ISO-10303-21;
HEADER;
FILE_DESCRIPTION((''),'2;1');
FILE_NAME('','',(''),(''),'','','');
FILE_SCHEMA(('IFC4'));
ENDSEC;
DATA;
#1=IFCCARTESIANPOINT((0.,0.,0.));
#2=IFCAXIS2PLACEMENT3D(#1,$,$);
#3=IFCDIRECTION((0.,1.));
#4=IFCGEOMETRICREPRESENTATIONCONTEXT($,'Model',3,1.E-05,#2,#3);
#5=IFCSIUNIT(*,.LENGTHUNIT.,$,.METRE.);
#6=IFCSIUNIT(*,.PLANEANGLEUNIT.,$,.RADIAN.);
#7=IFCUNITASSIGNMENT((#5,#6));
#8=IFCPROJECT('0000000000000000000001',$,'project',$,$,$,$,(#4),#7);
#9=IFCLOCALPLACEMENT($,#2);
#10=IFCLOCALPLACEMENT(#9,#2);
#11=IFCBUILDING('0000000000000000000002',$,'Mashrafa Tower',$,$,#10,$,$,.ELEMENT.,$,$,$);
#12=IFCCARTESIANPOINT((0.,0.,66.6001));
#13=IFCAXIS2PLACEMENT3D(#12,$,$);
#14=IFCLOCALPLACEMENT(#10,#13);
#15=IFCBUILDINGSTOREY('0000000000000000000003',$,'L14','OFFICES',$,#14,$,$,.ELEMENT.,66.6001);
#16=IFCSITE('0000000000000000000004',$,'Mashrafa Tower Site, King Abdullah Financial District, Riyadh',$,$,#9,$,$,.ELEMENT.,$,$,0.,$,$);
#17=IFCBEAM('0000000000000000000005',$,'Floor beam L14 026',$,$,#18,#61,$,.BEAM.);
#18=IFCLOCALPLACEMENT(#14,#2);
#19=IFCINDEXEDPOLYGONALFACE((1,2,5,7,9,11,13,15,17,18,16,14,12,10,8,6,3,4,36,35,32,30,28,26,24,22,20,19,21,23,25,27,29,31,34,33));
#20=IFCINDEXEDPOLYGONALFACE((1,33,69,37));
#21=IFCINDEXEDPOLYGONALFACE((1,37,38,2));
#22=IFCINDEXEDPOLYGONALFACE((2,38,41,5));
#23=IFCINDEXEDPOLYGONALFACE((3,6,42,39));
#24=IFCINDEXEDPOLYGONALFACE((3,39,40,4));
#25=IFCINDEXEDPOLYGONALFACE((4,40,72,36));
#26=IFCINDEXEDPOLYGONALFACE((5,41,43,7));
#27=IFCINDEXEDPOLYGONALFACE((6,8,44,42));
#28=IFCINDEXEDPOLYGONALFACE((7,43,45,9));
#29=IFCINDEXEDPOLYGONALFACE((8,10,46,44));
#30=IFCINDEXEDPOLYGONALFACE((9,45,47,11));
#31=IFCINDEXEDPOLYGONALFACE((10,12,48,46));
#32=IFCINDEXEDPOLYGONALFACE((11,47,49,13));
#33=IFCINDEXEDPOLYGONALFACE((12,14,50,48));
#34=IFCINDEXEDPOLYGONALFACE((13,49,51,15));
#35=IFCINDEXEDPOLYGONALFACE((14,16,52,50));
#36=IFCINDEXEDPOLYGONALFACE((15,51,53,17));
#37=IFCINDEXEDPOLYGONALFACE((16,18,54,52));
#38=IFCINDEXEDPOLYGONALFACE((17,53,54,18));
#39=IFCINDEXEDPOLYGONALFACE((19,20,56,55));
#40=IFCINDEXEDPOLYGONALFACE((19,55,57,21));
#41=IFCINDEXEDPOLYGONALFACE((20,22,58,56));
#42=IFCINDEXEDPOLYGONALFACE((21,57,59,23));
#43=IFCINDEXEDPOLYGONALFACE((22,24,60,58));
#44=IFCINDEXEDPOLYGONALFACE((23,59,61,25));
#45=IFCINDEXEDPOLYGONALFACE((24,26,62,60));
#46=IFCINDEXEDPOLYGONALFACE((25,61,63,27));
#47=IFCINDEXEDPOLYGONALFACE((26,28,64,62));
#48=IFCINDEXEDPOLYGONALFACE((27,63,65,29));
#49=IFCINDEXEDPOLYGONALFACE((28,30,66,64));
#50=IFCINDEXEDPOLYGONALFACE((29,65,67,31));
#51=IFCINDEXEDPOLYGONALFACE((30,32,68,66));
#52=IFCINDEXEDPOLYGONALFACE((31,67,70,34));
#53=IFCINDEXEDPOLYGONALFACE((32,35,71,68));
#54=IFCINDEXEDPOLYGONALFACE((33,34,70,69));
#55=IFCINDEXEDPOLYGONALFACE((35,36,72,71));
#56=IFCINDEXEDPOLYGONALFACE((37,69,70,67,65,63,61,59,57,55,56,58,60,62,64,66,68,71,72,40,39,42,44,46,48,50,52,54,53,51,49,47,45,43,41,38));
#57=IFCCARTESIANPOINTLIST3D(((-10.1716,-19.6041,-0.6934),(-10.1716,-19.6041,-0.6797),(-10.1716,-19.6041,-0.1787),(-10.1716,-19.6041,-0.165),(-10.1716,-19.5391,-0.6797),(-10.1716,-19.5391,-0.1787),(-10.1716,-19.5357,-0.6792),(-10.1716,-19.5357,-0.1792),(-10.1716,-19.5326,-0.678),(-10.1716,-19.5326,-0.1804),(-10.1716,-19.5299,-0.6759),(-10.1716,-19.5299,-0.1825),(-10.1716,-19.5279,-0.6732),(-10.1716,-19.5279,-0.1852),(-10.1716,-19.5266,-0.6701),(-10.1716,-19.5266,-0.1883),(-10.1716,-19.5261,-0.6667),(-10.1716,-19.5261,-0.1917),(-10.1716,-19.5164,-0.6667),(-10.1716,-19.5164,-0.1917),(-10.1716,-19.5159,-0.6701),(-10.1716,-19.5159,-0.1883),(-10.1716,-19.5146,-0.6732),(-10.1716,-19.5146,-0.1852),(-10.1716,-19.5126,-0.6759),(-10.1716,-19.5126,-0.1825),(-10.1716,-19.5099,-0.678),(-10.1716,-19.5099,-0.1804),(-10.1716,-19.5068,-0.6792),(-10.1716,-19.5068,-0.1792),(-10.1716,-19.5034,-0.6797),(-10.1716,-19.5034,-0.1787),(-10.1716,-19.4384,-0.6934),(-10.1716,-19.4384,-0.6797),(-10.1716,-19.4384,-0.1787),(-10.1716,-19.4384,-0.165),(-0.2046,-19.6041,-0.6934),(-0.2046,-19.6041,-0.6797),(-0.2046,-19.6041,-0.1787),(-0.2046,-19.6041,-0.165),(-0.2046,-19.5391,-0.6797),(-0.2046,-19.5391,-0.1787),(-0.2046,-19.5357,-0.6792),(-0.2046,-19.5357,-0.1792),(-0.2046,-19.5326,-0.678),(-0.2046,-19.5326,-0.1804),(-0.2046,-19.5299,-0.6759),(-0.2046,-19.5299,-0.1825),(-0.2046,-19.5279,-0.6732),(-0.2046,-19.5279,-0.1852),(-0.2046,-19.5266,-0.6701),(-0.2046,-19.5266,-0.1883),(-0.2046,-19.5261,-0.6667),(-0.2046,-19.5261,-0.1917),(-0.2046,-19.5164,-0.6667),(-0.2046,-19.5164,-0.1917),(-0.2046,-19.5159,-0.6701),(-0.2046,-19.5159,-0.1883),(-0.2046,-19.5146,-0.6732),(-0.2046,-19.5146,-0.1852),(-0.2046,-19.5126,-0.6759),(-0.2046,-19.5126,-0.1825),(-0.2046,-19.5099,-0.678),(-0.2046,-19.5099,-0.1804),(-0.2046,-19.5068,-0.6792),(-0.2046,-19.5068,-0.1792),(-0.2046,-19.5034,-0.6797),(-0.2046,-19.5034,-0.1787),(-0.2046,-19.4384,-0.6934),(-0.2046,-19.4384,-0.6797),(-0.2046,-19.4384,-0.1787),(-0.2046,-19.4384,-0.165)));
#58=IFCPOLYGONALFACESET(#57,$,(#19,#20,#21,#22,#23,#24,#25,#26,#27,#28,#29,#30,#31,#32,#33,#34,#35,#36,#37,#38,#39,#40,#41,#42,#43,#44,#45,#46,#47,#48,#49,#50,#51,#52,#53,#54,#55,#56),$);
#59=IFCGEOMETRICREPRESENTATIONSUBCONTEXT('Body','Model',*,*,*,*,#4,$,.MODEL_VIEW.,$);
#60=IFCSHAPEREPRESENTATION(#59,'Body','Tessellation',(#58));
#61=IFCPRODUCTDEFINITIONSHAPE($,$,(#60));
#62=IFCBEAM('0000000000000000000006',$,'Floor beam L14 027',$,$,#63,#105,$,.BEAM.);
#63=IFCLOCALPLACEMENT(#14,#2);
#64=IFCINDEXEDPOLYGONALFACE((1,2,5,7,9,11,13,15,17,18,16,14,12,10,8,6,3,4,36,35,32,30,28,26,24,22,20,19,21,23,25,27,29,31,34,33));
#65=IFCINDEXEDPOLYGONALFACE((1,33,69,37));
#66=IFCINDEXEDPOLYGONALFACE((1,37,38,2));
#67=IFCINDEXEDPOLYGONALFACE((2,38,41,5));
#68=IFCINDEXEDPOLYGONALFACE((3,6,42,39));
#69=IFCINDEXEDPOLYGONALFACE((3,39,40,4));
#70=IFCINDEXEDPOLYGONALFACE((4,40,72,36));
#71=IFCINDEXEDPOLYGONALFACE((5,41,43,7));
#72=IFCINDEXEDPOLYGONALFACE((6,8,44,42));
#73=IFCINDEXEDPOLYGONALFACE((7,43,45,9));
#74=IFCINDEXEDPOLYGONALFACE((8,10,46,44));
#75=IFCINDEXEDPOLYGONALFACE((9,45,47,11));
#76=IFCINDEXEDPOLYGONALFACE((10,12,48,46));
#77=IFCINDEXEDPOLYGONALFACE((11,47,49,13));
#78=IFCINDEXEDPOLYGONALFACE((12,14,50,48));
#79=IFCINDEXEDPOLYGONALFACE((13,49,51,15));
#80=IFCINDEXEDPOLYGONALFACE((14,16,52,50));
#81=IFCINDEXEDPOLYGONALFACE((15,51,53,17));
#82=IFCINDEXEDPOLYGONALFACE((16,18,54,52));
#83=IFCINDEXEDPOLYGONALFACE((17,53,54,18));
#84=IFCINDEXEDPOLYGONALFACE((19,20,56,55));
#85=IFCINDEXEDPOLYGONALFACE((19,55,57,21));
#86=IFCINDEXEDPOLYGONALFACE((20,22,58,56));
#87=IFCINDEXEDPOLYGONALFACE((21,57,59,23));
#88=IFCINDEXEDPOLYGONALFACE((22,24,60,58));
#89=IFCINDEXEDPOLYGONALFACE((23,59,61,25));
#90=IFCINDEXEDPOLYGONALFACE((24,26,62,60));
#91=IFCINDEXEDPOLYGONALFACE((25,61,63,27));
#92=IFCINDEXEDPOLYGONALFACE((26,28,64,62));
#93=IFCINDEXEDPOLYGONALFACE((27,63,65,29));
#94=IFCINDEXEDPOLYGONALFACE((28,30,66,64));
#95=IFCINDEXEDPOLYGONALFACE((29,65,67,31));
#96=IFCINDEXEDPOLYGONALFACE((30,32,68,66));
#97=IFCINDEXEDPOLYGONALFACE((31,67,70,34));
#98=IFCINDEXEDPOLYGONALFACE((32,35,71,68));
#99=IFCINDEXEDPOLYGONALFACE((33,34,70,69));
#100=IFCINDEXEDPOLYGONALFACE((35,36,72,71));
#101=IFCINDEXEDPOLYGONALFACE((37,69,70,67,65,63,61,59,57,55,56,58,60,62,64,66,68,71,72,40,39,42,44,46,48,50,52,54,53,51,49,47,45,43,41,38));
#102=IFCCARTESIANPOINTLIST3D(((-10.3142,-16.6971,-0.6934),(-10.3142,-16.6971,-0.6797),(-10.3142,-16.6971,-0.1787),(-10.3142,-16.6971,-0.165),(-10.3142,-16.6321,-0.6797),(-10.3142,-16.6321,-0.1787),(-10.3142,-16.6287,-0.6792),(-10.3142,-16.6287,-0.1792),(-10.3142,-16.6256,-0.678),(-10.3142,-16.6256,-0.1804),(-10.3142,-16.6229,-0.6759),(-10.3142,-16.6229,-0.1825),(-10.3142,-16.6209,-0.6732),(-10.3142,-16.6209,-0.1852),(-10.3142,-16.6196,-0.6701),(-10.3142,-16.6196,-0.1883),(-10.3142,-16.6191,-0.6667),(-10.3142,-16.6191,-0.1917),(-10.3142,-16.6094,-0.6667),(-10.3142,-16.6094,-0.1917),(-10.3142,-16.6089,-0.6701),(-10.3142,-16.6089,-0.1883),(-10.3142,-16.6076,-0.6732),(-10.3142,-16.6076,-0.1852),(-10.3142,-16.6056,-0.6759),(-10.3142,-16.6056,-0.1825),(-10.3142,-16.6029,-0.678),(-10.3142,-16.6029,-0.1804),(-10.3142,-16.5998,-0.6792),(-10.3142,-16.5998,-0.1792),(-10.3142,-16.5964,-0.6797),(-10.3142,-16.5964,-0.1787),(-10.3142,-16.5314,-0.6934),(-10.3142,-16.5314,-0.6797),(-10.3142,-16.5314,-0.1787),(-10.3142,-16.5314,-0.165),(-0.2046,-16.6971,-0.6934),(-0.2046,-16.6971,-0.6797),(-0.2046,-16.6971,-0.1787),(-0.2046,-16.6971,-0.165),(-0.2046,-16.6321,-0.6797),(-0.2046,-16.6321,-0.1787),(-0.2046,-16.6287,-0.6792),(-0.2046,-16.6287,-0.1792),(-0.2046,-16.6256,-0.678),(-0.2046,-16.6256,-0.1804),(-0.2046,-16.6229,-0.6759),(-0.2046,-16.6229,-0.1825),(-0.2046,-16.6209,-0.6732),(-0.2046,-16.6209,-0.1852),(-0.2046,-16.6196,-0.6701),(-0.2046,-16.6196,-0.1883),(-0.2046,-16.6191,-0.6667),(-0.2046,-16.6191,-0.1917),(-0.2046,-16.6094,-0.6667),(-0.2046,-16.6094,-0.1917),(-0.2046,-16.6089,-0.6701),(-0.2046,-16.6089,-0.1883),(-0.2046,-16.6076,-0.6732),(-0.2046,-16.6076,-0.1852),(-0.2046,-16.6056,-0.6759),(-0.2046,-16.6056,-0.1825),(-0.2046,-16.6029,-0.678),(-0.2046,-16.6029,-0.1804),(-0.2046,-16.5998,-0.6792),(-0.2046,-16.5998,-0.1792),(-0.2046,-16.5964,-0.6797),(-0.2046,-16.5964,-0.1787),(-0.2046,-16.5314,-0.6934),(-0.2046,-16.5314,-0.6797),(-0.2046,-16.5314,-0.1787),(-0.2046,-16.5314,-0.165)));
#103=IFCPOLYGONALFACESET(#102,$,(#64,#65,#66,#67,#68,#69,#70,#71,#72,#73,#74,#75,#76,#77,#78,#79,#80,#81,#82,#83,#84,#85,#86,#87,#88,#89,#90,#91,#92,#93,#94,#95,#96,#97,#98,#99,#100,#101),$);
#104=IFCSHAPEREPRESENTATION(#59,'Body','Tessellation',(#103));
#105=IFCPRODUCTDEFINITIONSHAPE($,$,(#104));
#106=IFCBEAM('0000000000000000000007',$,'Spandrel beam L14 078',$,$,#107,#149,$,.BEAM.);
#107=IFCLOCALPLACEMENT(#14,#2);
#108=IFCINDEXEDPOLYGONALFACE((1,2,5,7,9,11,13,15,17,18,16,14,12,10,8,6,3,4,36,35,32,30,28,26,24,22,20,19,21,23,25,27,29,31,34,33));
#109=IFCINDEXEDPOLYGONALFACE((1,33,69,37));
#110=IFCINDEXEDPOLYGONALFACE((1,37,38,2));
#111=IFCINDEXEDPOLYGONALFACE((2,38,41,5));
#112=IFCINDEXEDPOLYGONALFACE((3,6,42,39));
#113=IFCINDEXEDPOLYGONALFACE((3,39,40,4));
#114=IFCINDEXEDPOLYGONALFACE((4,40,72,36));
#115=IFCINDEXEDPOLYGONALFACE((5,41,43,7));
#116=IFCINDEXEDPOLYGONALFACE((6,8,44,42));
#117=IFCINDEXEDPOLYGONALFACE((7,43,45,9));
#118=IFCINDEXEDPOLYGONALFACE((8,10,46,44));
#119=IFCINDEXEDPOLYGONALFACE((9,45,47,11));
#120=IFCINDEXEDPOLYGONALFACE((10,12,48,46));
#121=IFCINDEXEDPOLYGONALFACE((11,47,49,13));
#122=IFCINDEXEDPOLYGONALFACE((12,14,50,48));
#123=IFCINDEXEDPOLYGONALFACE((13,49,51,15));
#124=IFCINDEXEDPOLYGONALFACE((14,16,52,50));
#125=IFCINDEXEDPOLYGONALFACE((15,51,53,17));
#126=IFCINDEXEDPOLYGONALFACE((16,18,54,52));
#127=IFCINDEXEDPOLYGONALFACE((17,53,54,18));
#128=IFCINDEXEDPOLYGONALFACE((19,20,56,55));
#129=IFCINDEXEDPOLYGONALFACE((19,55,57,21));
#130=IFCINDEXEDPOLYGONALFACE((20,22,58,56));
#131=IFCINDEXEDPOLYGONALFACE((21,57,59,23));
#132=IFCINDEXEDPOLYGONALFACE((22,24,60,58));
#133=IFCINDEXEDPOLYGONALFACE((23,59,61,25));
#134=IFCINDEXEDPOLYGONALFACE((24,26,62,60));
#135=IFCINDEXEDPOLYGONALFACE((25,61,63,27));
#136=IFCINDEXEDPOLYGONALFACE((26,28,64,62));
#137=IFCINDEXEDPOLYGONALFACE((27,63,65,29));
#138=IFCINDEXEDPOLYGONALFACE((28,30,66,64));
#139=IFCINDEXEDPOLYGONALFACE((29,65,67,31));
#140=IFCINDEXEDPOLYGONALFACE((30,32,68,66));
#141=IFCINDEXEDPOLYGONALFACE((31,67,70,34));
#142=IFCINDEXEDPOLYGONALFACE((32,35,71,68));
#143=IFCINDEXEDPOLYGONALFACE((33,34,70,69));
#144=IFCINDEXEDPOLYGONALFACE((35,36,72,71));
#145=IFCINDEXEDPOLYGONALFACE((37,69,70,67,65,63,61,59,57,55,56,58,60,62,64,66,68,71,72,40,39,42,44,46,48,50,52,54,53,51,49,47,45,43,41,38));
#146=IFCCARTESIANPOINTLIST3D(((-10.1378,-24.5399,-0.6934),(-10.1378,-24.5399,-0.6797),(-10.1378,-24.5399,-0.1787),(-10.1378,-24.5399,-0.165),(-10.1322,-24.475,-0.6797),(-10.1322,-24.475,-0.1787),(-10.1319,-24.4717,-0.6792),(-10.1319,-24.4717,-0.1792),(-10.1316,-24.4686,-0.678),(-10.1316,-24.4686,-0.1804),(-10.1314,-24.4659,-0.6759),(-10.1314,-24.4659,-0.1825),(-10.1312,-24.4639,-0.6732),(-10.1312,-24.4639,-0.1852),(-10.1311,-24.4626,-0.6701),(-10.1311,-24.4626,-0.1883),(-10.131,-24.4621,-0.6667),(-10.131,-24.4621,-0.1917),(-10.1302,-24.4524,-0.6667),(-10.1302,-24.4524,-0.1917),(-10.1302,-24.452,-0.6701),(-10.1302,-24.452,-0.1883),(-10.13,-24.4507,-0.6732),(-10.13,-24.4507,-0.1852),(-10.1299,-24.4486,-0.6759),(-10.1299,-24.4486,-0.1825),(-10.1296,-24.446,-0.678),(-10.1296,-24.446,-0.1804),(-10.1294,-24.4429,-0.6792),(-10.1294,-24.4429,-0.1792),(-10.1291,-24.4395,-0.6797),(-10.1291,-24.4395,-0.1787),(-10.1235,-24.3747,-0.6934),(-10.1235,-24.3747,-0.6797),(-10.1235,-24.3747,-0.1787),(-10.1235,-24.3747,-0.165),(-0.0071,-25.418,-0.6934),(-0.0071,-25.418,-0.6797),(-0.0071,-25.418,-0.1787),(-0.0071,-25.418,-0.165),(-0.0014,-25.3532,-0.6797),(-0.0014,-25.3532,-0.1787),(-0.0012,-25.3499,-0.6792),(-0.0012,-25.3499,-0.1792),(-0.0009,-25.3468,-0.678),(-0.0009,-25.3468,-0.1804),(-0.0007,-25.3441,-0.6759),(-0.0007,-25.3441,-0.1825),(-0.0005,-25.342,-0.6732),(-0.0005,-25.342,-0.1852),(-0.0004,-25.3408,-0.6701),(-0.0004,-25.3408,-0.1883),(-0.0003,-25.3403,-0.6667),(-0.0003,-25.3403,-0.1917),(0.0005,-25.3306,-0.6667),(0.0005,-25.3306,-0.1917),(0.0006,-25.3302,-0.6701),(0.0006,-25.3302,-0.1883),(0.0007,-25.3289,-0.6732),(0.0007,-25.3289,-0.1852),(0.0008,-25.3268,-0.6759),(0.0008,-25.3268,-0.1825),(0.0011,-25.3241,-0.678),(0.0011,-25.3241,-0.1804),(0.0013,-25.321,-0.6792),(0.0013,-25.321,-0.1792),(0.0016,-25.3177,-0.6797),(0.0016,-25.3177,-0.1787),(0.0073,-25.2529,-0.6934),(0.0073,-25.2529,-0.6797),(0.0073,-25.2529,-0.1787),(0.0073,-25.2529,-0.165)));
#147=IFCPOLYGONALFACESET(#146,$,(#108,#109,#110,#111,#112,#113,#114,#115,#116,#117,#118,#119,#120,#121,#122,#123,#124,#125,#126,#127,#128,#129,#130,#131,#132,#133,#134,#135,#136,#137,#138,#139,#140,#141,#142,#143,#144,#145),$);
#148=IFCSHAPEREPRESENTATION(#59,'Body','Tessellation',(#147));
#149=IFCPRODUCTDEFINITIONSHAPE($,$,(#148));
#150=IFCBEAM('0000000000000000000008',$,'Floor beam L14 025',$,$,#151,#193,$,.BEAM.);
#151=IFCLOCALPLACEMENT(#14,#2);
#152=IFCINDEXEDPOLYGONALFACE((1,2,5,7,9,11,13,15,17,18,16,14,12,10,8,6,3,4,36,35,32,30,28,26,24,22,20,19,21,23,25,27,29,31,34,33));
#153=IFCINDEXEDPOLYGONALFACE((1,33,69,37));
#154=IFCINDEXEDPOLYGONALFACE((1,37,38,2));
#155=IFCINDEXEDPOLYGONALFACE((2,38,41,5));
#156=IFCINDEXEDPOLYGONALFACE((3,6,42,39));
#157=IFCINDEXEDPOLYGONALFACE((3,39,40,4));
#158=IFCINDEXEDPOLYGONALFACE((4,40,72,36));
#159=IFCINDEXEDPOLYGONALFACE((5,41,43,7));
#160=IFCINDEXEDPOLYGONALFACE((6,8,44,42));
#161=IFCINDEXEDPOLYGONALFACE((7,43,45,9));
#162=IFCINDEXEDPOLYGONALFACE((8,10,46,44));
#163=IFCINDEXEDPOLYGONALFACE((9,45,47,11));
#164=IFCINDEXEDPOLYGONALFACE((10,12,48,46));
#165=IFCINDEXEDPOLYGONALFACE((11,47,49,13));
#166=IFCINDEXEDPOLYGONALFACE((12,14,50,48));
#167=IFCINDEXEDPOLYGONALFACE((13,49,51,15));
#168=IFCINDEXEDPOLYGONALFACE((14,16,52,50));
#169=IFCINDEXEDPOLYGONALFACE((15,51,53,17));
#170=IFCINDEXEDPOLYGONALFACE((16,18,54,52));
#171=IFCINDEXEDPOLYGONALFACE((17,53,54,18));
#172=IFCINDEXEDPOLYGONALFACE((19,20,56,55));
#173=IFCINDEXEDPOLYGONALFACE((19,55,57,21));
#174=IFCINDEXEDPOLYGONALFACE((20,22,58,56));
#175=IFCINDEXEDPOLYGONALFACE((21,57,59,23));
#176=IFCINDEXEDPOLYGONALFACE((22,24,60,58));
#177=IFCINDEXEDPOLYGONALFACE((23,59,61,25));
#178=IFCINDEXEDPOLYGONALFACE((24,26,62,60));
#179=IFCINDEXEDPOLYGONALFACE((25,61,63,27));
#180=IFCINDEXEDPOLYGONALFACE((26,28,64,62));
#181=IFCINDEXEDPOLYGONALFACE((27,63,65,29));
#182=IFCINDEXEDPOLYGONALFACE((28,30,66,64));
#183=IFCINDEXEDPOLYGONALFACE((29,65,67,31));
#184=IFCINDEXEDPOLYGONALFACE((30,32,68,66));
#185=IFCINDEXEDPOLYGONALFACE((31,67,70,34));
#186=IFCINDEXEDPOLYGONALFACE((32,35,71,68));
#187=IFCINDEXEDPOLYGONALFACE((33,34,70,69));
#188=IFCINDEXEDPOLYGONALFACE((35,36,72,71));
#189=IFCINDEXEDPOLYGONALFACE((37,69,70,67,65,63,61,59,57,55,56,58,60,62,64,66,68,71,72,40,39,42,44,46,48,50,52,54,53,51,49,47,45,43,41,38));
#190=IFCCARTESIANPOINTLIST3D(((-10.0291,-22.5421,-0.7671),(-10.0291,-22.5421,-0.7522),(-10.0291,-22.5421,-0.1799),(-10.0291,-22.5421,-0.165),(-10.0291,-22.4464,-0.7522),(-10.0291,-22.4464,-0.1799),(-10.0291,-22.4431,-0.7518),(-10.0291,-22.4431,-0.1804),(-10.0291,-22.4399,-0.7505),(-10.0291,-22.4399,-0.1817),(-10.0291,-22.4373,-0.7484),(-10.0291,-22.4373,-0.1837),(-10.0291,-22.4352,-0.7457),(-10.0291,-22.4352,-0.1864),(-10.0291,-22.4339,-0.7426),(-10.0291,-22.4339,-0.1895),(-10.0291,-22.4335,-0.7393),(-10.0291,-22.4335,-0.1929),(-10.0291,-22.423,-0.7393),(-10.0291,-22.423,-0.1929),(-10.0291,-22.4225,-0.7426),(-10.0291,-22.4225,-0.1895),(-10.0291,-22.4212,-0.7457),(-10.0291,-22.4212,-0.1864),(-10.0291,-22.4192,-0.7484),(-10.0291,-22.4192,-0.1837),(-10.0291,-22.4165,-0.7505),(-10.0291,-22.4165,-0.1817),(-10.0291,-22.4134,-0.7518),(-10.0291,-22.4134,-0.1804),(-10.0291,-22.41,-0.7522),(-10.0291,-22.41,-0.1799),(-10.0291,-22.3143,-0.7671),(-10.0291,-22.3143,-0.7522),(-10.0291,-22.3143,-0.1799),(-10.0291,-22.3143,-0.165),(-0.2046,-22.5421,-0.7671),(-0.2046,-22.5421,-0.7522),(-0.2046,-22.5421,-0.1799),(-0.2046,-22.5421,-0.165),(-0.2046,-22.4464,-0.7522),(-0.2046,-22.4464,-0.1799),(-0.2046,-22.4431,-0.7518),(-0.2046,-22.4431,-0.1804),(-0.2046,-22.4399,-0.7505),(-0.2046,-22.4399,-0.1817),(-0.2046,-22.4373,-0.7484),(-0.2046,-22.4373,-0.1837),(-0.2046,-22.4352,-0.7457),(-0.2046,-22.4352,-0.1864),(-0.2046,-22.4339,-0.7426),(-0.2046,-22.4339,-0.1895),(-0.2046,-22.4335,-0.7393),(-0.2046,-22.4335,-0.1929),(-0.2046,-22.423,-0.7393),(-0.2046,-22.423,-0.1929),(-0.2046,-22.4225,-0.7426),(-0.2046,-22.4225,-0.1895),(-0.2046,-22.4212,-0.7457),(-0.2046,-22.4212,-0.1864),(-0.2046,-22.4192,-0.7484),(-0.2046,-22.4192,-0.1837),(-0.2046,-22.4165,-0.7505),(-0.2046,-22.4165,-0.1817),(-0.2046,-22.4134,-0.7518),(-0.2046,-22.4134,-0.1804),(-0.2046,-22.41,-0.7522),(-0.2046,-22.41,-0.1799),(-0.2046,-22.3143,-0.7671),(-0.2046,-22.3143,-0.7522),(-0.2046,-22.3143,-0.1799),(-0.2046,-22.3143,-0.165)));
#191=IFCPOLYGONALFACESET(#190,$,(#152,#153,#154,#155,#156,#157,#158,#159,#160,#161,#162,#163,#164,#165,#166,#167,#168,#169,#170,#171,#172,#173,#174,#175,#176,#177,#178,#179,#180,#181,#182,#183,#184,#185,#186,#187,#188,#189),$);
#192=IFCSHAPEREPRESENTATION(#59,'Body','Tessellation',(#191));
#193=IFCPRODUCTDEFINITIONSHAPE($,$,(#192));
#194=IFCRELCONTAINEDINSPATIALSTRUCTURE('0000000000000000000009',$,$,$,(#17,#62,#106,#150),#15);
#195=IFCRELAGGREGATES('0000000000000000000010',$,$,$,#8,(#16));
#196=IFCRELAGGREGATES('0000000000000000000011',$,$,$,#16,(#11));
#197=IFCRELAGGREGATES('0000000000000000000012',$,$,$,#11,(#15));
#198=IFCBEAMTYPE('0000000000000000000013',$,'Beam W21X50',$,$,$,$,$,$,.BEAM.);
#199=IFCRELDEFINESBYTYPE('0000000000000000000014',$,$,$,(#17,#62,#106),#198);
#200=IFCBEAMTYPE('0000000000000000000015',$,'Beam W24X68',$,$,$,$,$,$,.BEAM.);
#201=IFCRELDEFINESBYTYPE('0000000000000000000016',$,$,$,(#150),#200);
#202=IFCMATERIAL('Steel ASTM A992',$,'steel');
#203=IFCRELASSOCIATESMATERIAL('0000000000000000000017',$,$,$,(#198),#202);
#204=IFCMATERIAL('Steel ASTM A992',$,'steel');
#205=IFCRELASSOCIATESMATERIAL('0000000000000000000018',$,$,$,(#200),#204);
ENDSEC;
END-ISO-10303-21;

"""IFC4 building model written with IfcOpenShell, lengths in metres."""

from ifc_helpers import new_model, si_unit, direction, frame, origin, origin_2d, place, context, subcontext, project, spatial, i_section, extrude, material, material_profile, profile_set, type_object, element, save


model = new_model("IFC4")

# Units and contexts
model_context = context("Model", 3, precision=1e-05, world=origin(), true_north=direction((0.0, 1.0)))
body_context = subcontext(model_context, "Body", "Model", "MODEL_VIEW")
ifc_project = project(units=[si_unit("LENGTHUNIT", "METRE"), si_unit("PLANEANGLEUNIT", "RADIAN")], contexts=[model_context])

# Site, building, storey
site_placement = place(None, origin())
site = spatial("IfcSite", under=ifc_project, at=site_placement, Name="Mashrafa Tower Site, King Abdullah Financial District, Riyadh", CompositionType="ELEMENT", RefElevation=0.0)
building_placement = place(site_placement, origin())
building = spatial("IfcBuilding", under=site, at=building_placement, Name="Mashrafa Tower", CompositionType="ELEMENT")
storey_placement = place(building_placement, frame((0.0, 0.0, 66.6001)))
storey = spatial("IfcBuildingStorey", under=building, at=storey_placement, Name="L14", Description="OFFICES", CompositionType="ELEMENT", Elevation=66.6001)

# Beams
ifc_material_1 = material(Name="Steel ASTM A992", Category="steel")
ifc_material_profile_1 = material_profile(ifc_material_1, i_section(OverallWidth=0.1658, OverallDepth=0.5283, WebThickness=0.0098, FlangeThickness=0.0137, FilletRadius=0.0129, at=origin_2d()), Name="W21X50")
ifc_profile_set_1 = profile_set([ifc_material_profile_1], Name="Steel ASTM A992")
beam_type_1 = type_object("IfcBeamType", Name="Beam W21X50", PredefinedType="BEAM", material=ifc_profile_set_1)
beam_1_placement = place(storey_placement, frame((-0.2046, -19.5212, -0.4292), z_axis=(-1.0, 0.0, 0.0), x_axis=(0.0, -1.0, 0.0)))
element("IfcBeam", 1, at=beam_1_placement, inside=storey, type_object=beam_type_1, Name="Floor beam L14 026", PredefinedType="BEAM", context=body_context, shape_type="SweptSolid", body=[
    extrude(i_section(OverallWidth=0.1658, OverallDepth=0.5283, WebThickness=0.0098, FlangeThickness=0.0137, FilletRadius=0.0129, at=origin_2d()), origin(), (0.0, 0.0, 1.0), 9.967),
])
beam_2_placement = place(storey_placement, frame((-0.2046, -16.6143, -0.4292), z_axis=(-1.0, 0.0, 0.0), x_axis=(0.0, -1.0, 0.0)))
element("IfcBeam", 2, at=beam_2_placement, inside=storey, type_object=beam_type_1, Name="Floor beam L14 027", PredefinedType="BEAM", context=body_context, shape_type="SweptSolid", body=[
    extrude(i_section(OverallWidth=0.1658, OverallDepth=0.5283, WebThickness=0.0098, FlangeThickness=0.0137, FilletRadius=0.0129, at=origin_2d()), origin(), (0.0, 0.0, 1.0), 10.1096),
])
beam_3_placement = place(storey_placement, frame((-10.1306, -24.4573, -0.4292), z_axis=(0.996264, -0.086361, 0.0), x_axis=(0.086361, 0.996264, 0.0)))
element("IfcBeam", 3, at=beam_3_placement, inside=storey, type_object=beam_type_1, Name="Spandrel beam L14 078", PredefinedType="BEAM", context=body_context, shape_type="SweptSolid", body=[
    extrude(i_section(OverallWidth=0.1658, OverallDepth=0.5283, WebThickness=0.0098, FlangeThickness=0.0137, FilletRadius=0.0129, at=origin_2d()), origin(), (0.0, 0.0, 1.0), 10.1687),
])
ifc_material_2 = material(Name="Steel ASTM A992", Category="steel")
ifc_material_profile_2 = material_profile(ifc_material_2, i_section(OverallWidth=0.2278, OverallDepth=0.6021, WebThickness=0.0105, FlangeThickness=0.0149, FilletRadius=0.0129, at=origin_2d()), Name="W24X68")
ifc_profile_set_2 = profile_set([ifc_material_profile_2], Name="Steel ASTM A992")
beam_type_2 = type_object("IfcBeamType", Name="Beam W24X68", PredefinedType="BEAM", material=ifc_profile_set_2)
beam_4_placement = place(storey_placement, frame((-0.2046, -22.4282, -0.4661), z_axis=(-1.0, 0.0, 0.0), x_axis=(0.0, -1.0, 0.0)))
element("IfcBeam", 4, at=beam_4_placement, inside=storey, type_object=beam_type_2, Name="Floor beam L14 025", PredefinedType="BEAM", context=body_context, shape_type="SweptSolid", body=[
    extrude(i_section(OverallWidth=0.2278, OverallDepth=0.6021, WebThickness=0.0105, FlangeThickness=0.0149, FilletRadius=0.0129, at=origin_2d()), origin(), (0.0, 0.0, 1.0), 9.8245),
])

save(model, "model.ifc")
